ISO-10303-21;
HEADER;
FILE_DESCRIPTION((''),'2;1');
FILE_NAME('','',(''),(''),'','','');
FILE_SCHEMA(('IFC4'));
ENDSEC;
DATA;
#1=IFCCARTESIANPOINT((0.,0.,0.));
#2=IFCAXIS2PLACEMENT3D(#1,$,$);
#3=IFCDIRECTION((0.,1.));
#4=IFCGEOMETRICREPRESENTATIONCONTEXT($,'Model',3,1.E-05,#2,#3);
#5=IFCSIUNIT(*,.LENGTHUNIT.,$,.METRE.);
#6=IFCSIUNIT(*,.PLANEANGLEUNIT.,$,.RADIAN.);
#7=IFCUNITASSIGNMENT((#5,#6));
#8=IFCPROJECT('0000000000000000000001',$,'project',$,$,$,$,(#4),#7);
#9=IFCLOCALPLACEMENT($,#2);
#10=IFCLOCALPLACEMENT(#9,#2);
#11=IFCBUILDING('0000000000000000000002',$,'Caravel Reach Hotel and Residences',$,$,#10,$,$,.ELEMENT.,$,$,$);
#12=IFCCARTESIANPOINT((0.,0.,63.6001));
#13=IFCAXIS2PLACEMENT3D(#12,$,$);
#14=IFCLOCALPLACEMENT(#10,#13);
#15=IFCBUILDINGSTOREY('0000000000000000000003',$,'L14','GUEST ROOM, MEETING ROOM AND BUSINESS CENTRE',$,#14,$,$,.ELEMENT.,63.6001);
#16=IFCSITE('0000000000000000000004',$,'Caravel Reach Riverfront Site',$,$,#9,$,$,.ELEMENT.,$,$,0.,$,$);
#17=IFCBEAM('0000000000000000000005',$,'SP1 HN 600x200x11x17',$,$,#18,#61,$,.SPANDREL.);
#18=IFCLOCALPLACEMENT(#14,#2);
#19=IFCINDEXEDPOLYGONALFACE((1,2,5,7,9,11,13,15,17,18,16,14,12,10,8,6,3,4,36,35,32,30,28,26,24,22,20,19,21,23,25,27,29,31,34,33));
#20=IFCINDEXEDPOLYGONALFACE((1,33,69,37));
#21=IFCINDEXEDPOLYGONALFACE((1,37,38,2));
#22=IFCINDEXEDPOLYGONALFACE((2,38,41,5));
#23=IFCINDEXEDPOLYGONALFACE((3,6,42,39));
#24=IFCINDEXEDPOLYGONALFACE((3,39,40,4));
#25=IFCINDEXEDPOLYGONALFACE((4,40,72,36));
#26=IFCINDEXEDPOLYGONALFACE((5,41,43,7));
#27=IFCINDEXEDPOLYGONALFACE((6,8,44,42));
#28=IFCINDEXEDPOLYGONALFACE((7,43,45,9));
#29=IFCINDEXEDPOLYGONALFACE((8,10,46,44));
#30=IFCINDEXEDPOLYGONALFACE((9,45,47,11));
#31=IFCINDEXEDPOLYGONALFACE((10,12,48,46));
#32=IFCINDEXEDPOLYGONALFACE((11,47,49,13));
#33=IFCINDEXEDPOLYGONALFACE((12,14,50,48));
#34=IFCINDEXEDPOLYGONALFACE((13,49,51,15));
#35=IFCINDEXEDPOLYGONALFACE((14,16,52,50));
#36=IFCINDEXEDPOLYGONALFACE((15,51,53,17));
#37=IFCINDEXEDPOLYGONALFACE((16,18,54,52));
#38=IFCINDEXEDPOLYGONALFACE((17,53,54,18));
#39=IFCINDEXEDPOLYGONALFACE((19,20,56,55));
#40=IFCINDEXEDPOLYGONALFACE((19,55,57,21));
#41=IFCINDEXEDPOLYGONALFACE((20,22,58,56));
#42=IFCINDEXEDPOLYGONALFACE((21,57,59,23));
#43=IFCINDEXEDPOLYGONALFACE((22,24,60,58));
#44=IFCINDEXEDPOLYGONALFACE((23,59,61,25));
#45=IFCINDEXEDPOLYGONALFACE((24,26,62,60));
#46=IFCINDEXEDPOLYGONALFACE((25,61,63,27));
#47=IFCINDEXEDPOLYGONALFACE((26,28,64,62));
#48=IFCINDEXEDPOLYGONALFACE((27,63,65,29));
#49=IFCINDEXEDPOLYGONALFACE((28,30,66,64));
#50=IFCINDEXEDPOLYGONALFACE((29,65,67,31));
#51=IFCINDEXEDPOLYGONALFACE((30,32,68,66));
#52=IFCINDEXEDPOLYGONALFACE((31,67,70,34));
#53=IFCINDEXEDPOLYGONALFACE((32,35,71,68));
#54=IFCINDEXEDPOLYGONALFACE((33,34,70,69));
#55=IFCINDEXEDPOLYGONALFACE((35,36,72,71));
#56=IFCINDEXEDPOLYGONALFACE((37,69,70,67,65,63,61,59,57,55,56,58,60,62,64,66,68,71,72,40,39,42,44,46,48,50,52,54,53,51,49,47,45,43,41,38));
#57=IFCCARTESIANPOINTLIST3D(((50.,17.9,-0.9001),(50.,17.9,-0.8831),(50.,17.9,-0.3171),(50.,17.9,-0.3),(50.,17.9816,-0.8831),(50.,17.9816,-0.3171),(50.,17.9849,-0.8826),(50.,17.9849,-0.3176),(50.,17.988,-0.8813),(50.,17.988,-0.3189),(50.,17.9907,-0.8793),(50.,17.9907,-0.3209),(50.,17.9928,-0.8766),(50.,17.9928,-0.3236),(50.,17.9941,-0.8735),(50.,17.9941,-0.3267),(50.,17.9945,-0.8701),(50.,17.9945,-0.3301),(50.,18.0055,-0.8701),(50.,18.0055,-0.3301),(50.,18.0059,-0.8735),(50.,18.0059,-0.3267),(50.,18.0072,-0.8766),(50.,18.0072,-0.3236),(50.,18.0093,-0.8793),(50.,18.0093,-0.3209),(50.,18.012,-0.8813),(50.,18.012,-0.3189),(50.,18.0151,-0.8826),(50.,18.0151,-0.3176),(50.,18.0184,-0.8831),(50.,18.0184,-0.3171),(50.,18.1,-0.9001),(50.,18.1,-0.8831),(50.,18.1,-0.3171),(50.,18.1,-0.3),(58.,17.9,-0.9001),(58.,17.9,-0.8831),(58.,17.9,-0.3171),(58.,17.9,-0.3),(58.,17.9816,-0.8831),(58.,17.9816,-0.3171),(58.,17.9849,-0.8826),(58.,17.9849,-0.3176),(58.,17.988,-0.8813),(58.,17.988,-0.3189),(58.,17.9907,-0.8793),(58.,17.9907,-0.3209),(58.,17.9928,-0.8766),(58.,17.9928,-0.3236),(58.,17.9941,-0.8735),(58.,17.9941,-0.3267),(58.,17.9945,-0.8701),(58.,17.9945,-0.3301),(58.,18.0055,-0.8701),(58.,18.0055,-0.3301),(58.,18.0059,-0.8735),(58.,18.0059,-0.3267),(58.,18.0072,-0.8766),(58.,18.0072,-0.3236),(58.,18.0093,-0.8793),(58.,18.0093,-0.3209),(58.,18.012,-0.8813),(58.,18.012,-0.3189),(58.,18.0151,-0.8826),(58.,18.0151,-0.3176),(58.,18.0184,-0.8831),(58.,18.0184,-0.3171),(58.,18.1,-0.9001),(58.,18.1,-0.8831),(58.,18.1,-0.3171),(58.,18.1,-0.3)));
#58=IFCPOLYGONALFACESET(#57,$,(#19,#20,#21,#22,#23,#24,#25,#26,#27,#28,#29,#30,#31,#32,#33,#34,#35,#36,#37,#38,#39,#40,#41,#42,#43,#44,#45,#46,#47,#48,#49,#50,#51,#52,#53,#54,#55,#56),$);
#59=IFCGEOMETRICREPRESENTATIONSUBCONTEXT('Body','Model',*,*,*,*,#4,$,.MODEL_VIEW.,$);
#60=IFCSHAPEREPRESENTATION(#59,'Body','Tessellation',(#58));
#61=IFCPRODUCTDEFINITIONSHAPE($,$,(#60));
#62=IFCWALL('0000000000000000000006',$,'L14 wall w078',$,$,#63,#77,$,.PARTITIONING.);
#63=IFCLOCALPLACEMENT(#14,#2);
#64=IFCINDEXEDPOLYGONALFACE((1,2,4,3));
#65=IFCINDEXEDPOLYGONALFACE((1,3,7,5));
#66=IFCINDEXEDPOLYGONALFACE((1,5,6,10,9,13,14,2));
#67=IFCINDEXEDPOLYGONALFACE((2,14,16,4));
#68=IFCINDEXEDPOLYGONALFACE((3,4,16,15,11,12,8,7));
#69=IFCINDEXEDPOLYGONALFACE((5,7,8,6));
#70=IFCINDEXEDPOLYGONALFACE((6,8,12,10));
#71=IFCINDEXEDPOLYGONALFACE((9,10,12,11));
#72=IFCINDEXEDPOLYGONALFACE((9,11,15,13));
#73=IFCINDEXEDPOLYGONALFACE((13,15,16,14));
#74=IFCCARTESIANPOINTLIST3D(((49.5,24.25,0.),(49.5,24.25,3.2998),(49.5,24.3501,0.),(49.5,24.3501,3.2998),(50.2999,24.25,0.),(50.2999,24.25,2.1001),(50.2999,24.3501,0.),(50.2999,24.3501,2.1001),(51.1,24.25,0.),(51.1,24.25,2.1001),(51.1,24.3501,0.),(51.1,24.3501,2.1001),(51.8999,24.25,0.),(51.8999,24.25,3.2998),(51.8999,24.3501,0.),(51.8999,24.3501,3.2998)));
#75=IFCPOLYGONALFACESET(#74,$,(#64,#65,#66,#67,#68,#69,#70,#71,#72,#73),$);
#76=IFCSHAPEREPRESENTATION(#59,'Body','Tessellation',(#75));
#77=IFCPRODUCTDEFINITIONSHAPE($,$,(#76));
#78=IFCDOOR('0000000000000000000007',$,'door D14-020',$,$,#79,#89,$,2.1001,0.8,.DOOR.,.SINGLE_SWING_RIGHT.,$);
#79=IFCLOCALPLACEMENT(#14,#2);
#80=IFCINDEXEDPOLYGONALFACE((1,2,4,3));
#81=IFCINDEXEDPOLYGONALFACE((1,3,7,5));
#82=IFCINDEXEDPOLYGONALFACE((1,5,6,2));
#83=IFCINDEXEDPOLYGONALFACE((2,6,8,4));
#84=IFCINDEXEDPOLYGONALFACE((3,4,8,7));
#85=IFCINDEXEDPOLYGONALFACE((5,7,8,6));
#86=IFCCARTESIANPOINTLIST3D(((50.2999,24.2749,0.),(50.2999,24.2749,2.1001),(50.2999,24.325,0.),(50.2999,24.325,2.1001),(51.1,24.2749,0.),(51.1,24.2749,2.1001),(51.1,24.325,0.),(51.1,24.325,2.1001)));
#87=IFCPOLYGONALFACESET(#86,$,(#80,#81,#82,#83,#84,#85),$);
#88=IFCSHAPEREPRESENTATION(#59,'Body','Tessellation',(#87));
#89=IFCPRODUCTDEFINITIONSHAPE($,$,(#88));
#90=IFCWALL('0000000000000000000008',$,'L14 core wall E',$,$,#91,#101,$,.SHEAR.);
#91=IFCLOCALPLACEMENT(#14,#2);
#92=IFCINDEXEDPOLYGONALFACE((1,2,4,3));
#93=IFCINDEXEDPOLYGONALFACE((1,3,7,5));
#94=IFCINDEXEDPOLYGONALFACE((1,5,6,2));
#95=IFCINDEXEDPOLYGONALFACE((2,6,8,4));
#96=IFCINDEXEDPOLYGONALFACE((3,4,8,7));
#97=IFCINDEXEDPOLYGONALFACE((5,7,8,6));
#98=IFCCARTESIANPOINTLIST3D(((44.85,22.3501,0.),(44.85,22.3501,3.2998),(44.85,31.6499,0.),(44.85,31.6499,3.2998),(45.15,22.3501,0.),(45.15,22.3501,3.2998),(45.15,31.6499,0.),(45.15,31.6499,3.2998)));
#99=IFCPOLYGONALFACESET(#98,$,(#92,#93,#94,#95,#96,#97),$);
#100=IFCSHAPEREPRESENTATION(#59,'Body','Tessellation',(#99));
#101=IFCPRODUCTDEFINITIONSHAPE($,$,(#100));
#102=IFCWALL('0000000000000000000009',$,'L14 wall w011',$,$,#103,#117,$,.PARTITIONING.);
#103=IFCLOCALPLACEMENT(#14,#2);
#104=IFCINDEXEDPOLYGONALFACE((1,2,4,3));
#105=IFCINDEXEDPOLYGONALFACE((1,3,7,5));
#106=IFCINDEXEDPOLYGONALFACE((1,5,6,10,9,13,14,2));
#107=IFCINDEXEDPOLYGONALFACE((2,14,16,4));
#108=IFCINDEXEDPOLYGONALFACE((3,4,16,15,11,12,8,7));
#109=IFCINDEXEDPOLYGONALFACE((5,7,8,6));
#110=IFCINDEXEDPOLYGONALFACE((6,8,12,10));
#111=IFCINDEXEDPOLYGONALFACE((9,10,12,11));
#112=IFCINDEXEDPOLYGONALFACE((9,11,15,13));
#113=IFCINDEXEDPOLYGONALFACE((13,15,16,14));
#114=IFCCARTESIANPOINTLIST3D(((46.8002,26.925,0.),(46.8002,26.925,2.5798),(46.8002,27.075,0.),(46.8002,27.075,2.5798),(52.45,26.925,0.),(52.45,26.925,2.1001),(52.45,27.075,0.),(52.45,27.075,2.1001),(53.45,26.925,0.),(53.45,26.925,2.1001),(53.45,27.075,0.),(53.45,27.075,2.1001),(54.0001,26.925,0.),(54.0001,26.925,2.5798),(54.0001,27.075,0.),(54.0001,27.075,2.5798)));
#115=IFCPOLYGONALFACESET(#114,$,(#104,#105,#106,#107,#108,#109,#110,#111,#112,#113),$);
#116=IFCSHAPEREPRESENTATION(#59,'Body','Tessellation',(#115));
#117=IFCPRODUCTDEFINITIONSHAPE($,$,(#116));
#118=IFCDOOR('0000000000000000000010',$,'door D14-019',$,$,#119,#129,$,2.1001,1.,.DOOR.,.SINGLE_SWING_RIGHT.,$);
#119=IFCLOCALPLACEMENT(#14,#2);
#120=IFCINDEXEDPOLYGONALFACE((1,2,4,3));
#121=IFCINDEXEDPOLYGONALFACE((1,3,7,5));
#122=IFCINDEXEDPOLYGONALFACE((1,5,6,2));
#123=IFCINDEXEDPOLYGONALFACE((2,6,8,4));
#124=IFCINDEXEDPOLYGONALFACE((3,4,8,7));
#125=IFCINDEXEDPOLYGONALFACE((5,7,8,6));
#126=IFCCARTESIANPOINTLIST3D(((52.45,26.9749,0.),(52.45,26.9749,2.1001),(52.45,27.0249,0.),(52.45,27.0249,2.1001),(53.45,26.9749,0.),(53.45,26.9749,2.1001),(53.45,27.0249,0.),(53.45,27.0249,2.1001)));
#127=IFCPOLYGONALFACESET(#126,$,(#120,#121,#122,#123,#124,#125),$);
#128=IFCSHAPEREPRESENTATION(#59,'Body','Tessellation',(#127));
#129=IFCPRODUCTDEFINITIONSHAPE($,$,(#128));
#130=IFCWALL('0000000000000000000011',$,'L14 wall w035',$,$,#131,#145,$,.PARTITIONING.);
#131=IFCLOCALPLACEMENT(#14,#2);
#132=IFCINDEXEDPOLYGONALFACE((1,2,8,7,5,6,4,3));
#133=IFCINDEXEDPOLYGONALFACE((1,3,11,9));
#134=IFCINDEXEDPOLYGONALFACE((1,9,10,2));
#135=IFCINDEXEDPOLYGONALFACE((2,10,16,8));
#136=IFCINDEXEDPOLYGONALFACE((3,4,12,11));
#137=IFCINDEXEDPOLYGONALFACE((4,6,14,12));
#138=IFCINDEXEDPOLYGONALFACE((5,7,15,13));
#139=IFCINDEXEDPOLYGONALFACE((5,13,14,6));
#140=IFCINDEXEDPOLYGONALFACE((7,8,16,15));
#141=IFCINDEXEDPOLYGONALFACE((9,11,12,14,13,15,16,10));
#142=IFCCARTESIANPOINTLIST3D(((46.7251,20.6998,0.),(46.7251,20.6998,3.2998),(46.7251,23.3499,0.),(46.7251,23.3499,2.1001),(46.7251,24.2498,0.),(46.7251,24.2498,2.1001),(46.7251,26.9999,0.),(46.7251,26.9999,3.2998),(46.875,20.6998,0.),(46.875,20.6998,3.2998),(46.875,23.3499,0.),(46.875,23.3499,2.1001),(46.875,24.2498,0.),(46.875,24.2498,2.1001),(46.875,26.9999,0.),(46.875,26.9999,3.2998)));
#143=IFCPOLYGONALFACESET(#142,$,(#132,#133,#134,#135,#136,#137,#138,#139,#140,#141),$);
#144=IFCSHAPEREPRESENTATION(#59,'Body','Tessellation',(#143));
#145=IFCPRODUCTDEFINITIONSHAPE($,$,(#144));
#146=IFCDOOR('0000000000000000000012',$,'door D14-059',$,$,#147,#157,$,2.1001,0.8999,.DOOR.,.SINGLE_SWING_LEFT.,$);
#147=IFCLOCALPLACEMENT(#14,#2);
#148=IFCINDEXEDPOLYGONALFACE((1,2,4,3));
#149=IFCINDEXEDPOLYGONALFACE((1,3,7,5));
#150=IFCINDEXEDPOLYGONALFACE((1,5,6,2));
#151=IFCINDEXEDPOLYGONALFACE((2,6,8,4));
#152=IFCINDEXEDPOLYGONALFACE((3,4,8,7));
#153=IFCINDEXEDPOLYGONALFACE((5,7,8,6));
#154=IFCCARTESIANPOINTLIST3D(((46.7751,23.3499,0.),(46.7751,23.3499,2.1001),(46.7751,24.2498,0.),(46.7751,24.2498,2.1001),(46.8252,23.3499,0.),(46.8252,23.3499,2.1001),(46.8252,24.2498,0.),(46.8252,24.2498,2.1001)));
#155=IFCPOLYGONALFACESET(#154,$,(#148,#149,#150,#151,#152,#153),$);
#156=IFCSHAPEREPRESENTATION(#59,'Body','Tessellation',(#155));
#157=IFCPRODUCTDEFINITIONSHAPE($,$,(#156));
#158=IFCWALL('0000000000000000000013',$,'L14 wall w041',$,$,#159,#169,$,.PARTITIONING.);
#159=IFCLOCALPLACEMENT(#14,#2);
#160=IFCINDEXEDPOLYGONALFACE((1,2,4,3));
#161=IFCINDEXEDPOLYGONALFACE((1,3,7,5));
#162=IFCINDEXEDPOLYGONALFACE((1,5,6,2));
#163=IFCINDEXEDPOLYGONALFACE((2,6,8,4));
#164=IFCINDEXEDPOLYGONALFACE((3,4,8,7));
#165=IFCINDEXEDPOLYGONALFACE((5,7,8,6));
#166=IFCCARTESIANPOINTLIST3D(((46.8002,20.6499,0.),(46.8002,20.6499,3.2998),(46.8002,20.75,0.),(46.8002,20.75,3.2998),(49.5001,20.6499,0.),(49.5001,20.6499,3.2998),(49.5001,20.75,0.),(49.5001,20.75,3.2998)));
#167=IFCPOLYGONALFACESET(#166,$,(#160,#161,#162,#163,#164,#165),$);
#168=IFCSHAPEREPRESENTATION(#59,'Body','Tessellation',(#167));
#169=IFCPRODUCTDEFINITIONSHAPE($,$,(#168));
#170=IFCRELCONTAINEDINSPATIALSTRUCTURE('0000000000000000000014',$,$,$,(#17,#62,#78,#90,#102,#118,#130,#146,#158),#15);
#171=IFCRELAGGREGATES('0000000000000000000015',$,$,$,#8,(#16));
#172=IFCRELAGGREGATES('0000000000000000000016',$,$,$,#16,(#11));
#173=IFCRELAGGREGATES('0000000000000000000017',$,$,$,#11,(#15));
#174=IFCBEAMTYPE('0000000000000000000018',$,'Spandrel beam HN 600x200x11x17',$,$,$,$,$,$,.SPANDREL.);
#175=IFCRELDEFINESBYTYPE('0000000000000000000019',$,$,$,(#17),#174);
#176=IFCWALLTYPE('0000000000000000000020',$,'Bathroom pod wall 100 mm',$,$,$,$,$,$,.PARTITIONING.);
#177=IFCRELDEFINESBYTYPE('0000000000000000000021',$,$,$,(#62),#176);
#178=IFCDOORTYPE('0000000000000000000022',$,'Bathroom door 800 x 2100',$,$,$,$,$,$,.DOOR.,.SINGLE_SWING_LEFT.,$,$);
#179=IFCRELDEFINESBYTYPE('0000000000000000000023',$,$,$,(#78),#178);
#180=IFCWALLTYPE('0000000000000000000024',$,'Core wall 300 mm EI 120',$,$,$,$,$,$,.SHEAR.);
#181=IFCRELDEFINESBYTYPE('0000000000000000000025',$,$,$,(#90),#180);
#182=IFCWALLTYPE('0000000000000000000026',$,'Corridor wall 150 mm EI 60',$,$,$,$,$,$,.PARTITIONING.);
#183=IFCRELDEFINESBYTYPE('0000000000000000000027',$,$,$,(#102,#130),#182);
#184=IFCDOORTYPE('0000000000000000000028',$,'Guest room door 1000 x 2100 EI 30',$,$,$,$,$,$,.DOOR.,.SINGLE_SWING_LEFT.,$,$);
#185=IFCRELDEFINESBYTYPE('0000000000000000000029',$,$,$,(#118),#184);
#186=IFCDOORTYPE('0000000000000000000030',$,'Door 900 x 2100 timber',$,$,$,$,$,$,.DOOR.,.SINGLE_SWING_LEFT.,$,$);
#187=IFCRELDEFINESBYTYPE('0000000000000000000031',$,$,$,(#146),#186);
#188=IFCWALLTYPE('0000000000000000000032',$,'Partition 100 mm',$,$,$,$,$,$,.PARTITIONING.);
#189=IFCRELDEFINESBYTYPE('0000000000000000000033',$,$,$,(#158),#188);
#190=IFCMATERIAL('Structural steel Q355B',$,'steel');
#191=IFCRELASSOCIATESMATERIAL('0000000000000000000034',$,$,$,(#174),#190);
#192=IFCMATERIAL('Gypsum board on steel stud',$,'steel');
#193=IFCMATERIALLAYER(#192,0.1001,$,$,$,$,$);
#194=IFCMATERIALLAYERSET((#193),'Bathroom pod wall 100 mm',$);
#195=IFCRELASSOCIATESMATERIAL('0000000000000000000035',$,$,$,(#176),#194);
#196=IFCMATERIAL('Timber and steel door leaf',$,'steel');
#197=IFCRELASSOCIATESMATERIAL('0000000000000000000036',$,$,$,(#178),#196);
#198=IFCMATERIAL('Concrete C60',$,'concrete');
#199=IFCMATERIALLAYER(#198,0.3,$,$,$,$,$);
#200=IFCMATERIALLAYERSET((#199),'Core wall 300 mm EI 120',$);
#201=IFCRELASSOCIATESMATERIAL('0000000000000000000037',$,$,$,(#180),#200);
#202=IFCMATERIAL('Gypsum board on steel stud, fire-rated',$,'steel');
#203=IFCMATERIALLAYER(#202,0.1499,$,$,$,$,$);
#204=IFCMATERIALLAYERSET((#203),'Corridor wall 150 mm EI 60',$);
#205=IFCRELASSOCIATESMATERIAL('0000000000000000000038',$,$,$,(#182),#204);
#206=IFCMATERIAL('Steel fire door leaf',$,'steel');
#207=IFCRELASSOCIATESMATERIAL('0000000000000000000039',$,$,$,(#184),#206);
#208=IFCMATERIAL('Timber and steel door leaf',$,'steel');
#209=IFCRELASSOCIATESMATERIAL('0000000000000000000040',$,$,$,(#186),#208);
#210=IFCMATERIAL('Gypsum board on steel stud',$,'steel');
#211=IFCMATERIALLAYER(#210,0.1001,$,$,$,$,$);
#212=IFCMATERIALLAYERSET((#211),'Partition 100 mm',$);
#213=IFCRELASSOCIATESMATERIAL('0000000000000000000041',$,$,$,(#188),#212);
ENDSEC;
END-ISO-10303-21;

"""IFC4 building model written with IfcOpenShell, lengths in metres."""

from ifc_helpers import new_model, si_unit, direction, frame, frame_2d, origin, origin_2d, place, context, subcontext, project, spatial, rectangle, i_section, extrude, material, layer, layer_set, material_profile, profile_set, type_object, element, fill, save


model = new_model("IFC4")

# Units and contexts
model_context = context("Model", 3, precision=1e-05, world=origin(), true_north=direction((0.0, 1.0)))
body_context = subcontext(model_context, "Body", "Model", "MODEL_VIEW")
ifc_project = project(units=[si_unit("LENGTHUNIT", "METRE"), si_unit("PLANEANGLEUNIT", "RADIAN")], contexts=[model_context])

# Site, building, storey
site_placement = place(None, origin())
site = spatial("IfcSite", under=ifc_project, at=site_placement, Name="Caravel Reach Riverfront Site", CompositionType="ELEMENT", RefElevation=0.0)
building_placement = place(site_placement, origin())
building = spatial("IfcBuilding", under=site, at=building_placement, Name="Caravel Reach Hotel and Residences", CompositionType="ELEMENT")
storey_placement = place(building_placement, frame((0.0, 0.0, 63.6001)))
storey = spatial("IfcBuildingStorey", under=building, at=storey_placement, Name="L14", Description="GUEST ROOM, MEETING ROOM AND BUSINESS CENTRE", CompositionType="ELEMENT", Elevation=63.6001)

# Beam
ifc_material_1 = material(Name="Structural steel Q355B", Category="steel")
ifc_material_profile_1 = material_profile(ifc_material_1, i_section(OverallWidth=0.2, OverallDepth=0.6001, WebThickness=0.011, FlangeThickness=0.0171, FilletRadius=0.0129, at=origin_2d()), Name="HN 600x200x11x17")
ifc_profile_set_1 = profile_set([ifc_material_profile_1], Name="Structural steel Q355B")
beam_type_1 = type_object("IfcBeamType", Name="Spandrel beam HN 600x200x11x17", PredefinedType="SPANDREL", material=ifc_profile_set_1)
beam_1_placement = place(storey_placement, frame((50.0, 18.0, -0.6001), z_axis=(1.0, 0.0, 0.0), x_axis=(0.0, 1.0, 0.0)))
element("IfcBeam", 1, at=beam_1_placement, inside=storey, type_object=beam_type_1, Name="SP1 HN 600x200x11x17", PredefinedType="SPANDREL", context=body_context, shape_type="SweptSolid", body=[
    extrude(i_section(OverallWidth=0.2, OverallDepth=0.6001, WebThickness=0.011, FlangeThickness=0.0171, FilletRadius=0.0129, at=origin_2d()), origin(), (0.0, 0.0, 1.0), 8.0),
])

# Wall, opening, door
ifc_material_2 = material(Name="Gypsum board on steel stud", Category="steel")
ifc_layer_1 = layer(ifc_material_2, 0.1001)
ifc_layer_set_1 = layer_set([ifc_layer_1], Name="Bathroom pod wall 100 mm")
wall_type_1 = type_object("IfcWallType", Name="Bathroom pod wall 100 mm", PredefinedType="PARTITIONING", material=ifc_layer_set_1)
wall_1_placement = place(storey_placement, frame((49.5, 24.3, 0.0), z_axis=(0.0, 0.0, 1.0), x_axis=(1.0, 0.0, 0.0)))
wall_1 = element("IfcWall", 2, at=wall_1_placement, inside=storey, type_object=wall_type_1, Name="L14 wall w078", PredefinedType="PARTITIONING", context=body_context, shape_type="SweptSolid", body=[
    extrude(rectangle(XDim=2.3999, YDim=0.1001, at=frame_2d((1.2, 0.0))), origin(), (0.0, 0.0, 1.0), 3.2998),
])
opening_1_placement = place(wall_1_placement, frame((0.8, 0.0, 0.0)))
opening_1 = element("IfcOpeningElement", 3, at=opening_1_placement, cuts=wall_1, PredefinedType="OPENING", context=body_context, shape_type="SweptSolid", body=[
    extrude(rectangle(XDim=0.8, YDim=2.1001, at=frame_2d((0.3999, 1.05))), frame((0.0, 0.0601, 0.0), z_axis=(0.0, -1.0, 0.0), x_axis=(1.0, 0.0, 0.0)), (0.0, 0.0, 1.0), 0.1201),
])
ifc_material_3 = material(Name="Timber and steel door leaf", Category="steel")
door_type_1 = type_object("IfcDoorType", Name="Bathroom door 800 x 2100", OperationType="SINGLE_SWING_LEFT", PredefinedType="DOOR", material=ifc_material_3)
door_1_placement = place(opening_1_placement, origin())
door_1 = element("IfcDoor", 4, at=door_1_placement, inside=storey, type_object=door_type_1, Name="door D14-020", OperationType="SINGLE_SWING_RIGHT", OverallHeight=2.1001, OverallWidth=0.8, PredefinedType="DOOR", context=body_context, shape_type="SweptSolid", body=[
    extrude(rectangle(XDim=0.8, YDim=2.1001, at=frame_2d((0.3999, 1.05))), frame((0.0, 0.0249, 0.0), z_axis=(0.0, -1.0, 0.0), x_axis=(1.0, 0.0, 0.0)), (0.0, 0.0, 1.0), 0.05),
])
fill(opening_1, door_1)

# Wall
ifc_material_4 = material(Name="Concrete C60", Category="concrete")
ifc_layer_2 = layer(ifc_material_4, 0.3)
ifc_layer_set_2 = layer_set([ifc_layer_2], Name="Core wall 300 mm EI 120")
wall_type_2 = type_object("IfcWallType", Name="Core wall 300 mm EI 120", PredefinedType="SHEAR", material=ifc_layer_set_2)
wall_2_placement = place(storey_placement, frame((45.0, 22.3501, 0.0), z_axis=(0.0, 0.0, 1.0), x_axis=(0.0, 1.0, 0.0)))
element("IfcWall", 5, at=wall_2_placement, inside=storey, type_object=wall_type_2, Name="L14 core wall E", PredefinedType="SHEAR", context=body_context, shape_type="SweptSolid", body=[
    extrude(rectangle(XDim=9.2998, YDim=0.3, at=frame_2d((4.6499, 0.0))), origin(), (0.0, 0.0, 1.0), 3.2998),
])

# Walls, openings, doors
ifc_material_5 = material(Name="Gypsum board on steel stud, fire-rated", Category="steel")
ifc_layer_3 = layer(ifc_material_5, 0.1499)
ifc_layer_set_3 = layer_set([ifc_layer_3], Name="Corridor wall 150 mm EI 60")
wall_type_3 = type_object("IfcWallType", Name="Corridor wall 150 mm EI 60", PredefinedType="PARTITIONING", material=ifc_layer_set_3)
wall_3_placement = place(storey_placement, frame((46.8, 27.0, 0.0), z_axis=(0.0, 0.0, 1.0), x_axis=(1.0, 0.0, 0.0)))
wall_3 = element("IfcWall", 6, at=wall_3_placement, inside=storey, type_object=wall_type_3, Name="L14 wall w011", PredefinedType="PARTITIONING", context=body_context, shape_type="SweptSolid", body=[
    extrude(rectangle(XDim=7.2, YDim=0.1499, at=frame_2d((3.6001, 0.0))), origin(), (0.0, 0.0, 1.0), 2.5798),
])
opening_2_placement = place(wall_3_placement, frame((5.6499, 0.0, 0.0)))
opening_2 = element("IfcOpeningElement", 7, at=opening_2_placement, cuts=wall_3, PredefinedType="OPENING", context=body_context, shape_type="SweptSolid", body=[
    extrude(rectangle(XDim=1.0, YDim=2.1001, at=frame_2d((0.5, 1.05))), frame((0.0, 0.085, 0.0), z_axis=(0.0, -1.0, 0.0), x_axis=(1.0, 0.0, 0.0)), (0.0, 0.0, 1.0), 0.1699),
])
ifc_material_6 = material(Name="Steel fire door leaf", Category="steel")
door_type_2 = type_object("IfcDoorType", Name="Guest room door 1000 x 2100 EI 30", OperationType="SINGLE_SWING_LEFT", PredefinedType="DOOR", material=ifc_material_6)
door_2_placement = place(opening_2_placement, origin())
door_2 = element("IfcDoor", 8, at=door_2_placement, inside=storey, type_object=door_type_2, Name="door D14-019", OperationType="SINGLE_SWING_RIGHT", OverallHeight=2.1001, OverallWidth=1.0, PredefinedType="DOOR", context=body_context, shape_type="SweptSolid", body=[
    extrude(rectangle(XDim=1.0, YDim=2.1001, at=frame_2d((0.5, 1.05))), frame((0.0, 0.0249, 0.0), z_axis=(0.0, -1.0, 0.0), x_axis=(1.0, 0.0, 0.0)), (0.0, 0.0, 1.0), 0.05),
])
fill(opening_2, door_2)
wall_4_placement = place(storey_placement, frame((46.8, 20.7, 0.0), z_axis=(0.0, 0.0, 1.0), x_axis=(0.0, 1.0, 0.0)))
wall_4 = element("IfcWall", 9, at=wall_4_placement, inside=storey, type_object=wall_type_3, Name="L14 wall w035", PredefinedType="PARTITIONING", context=body_context, shape_type="SweptSolid", body=[
    extrude(rectangle(XDim=6.3, YDim=0.1499, at=frame_2d((3.1499, 0.0))), origin(), (0.0, 0.0, 1.0), 3.2998),
])
opening_3_placement = place(wall_4_placement, frame((2.6499, 0.0, 0.0)))
opening_3 = element("IfcOpeningElement", 10, at=opening_3_placement, cuts=wall_4, PredefinedType="OPENING", context=body_context, shape_type="SweptSolid", body=[
    extrude(rectangle(XDim=0.8999, YDim=2.1001, at=frame_2d((0.45, 1.05))), frame((0.0, 0.085, 0.0), z_axis=(0.0, -1.0, 0.0), x_axis=(1.0, 0.0, 0.0)), (0.0, 0.0, 1.0), 0.1699),
])
ifc_material_7 = material(Name="Timber and steel door leaf", Category="steel")
door_type_3 = type_object("IfcDoorType", Name="Door 900 x 2100 timber", OperationType="SINGLE_SWING_LEFT", PredefinedType="DOOR", material=ifc_material_7)
door_3_placement = place(opening_3_placement, origin())
door_3 = element("IfcDoor", 11, at=door_3_placement, inside=storey, type_object=door_type_3, Name="door D14-059", OperationType="SINGLE_SWING_LEFT", OverallHeight=2.1001, OverallWidth=0.8999, PredefinedType="DOOR", context=body_context, shape_type="SweptSolid", body=[
    extrude(rectangle(XDim=0.8999, YDim=2.1001, at=frame_2d((0.45, 1.05))), frame((0.0, 0.0249, 0.0), z_axis=(0.0, -1.0, 0.0), x_axis=(1.0, 0.0, 0.0)), (0.0, 0.0, 1.0), 0.05),
])
fill(opening_3, door_3)

# Wall
ifc_material_8 = material(Name="Gypsum board on steel stud", Category="steel")
ifc_layer_4 = layer(ifc_material_8, 0.1001)
ifc_layer_set_4 = layer_set([ifc_layer_4], Name="Partition 100 mm")
wall_type_4 = type_object("IfcWallType", Name="Partition 100 mm", PredefinedType="PARTITIONING", material=ifc_layer_set_4)
wall_5_placement = place(storey_placement, frame((46.8, 20.7, 0.0), z_axis=(0.0, 0.0, 1.0), x_axis=(1.0, 0.0, 0.0)))
element("IfcWall", 12, at=wall_5_placement, inside=storey, type_object=wall_type_4, Name="L14 wall w041", PredefinedType="PARTITIONING", context=body_context, shape_type="SweptSolid", body=[
    extrude(rectangle(XDim=2.7, YDim=0.1001, at=frame_2d((1.3501, 0.0))), origin(), (0.0, 0.0, 1.0), 3.2998),
])

save(model, "model.ifc")
